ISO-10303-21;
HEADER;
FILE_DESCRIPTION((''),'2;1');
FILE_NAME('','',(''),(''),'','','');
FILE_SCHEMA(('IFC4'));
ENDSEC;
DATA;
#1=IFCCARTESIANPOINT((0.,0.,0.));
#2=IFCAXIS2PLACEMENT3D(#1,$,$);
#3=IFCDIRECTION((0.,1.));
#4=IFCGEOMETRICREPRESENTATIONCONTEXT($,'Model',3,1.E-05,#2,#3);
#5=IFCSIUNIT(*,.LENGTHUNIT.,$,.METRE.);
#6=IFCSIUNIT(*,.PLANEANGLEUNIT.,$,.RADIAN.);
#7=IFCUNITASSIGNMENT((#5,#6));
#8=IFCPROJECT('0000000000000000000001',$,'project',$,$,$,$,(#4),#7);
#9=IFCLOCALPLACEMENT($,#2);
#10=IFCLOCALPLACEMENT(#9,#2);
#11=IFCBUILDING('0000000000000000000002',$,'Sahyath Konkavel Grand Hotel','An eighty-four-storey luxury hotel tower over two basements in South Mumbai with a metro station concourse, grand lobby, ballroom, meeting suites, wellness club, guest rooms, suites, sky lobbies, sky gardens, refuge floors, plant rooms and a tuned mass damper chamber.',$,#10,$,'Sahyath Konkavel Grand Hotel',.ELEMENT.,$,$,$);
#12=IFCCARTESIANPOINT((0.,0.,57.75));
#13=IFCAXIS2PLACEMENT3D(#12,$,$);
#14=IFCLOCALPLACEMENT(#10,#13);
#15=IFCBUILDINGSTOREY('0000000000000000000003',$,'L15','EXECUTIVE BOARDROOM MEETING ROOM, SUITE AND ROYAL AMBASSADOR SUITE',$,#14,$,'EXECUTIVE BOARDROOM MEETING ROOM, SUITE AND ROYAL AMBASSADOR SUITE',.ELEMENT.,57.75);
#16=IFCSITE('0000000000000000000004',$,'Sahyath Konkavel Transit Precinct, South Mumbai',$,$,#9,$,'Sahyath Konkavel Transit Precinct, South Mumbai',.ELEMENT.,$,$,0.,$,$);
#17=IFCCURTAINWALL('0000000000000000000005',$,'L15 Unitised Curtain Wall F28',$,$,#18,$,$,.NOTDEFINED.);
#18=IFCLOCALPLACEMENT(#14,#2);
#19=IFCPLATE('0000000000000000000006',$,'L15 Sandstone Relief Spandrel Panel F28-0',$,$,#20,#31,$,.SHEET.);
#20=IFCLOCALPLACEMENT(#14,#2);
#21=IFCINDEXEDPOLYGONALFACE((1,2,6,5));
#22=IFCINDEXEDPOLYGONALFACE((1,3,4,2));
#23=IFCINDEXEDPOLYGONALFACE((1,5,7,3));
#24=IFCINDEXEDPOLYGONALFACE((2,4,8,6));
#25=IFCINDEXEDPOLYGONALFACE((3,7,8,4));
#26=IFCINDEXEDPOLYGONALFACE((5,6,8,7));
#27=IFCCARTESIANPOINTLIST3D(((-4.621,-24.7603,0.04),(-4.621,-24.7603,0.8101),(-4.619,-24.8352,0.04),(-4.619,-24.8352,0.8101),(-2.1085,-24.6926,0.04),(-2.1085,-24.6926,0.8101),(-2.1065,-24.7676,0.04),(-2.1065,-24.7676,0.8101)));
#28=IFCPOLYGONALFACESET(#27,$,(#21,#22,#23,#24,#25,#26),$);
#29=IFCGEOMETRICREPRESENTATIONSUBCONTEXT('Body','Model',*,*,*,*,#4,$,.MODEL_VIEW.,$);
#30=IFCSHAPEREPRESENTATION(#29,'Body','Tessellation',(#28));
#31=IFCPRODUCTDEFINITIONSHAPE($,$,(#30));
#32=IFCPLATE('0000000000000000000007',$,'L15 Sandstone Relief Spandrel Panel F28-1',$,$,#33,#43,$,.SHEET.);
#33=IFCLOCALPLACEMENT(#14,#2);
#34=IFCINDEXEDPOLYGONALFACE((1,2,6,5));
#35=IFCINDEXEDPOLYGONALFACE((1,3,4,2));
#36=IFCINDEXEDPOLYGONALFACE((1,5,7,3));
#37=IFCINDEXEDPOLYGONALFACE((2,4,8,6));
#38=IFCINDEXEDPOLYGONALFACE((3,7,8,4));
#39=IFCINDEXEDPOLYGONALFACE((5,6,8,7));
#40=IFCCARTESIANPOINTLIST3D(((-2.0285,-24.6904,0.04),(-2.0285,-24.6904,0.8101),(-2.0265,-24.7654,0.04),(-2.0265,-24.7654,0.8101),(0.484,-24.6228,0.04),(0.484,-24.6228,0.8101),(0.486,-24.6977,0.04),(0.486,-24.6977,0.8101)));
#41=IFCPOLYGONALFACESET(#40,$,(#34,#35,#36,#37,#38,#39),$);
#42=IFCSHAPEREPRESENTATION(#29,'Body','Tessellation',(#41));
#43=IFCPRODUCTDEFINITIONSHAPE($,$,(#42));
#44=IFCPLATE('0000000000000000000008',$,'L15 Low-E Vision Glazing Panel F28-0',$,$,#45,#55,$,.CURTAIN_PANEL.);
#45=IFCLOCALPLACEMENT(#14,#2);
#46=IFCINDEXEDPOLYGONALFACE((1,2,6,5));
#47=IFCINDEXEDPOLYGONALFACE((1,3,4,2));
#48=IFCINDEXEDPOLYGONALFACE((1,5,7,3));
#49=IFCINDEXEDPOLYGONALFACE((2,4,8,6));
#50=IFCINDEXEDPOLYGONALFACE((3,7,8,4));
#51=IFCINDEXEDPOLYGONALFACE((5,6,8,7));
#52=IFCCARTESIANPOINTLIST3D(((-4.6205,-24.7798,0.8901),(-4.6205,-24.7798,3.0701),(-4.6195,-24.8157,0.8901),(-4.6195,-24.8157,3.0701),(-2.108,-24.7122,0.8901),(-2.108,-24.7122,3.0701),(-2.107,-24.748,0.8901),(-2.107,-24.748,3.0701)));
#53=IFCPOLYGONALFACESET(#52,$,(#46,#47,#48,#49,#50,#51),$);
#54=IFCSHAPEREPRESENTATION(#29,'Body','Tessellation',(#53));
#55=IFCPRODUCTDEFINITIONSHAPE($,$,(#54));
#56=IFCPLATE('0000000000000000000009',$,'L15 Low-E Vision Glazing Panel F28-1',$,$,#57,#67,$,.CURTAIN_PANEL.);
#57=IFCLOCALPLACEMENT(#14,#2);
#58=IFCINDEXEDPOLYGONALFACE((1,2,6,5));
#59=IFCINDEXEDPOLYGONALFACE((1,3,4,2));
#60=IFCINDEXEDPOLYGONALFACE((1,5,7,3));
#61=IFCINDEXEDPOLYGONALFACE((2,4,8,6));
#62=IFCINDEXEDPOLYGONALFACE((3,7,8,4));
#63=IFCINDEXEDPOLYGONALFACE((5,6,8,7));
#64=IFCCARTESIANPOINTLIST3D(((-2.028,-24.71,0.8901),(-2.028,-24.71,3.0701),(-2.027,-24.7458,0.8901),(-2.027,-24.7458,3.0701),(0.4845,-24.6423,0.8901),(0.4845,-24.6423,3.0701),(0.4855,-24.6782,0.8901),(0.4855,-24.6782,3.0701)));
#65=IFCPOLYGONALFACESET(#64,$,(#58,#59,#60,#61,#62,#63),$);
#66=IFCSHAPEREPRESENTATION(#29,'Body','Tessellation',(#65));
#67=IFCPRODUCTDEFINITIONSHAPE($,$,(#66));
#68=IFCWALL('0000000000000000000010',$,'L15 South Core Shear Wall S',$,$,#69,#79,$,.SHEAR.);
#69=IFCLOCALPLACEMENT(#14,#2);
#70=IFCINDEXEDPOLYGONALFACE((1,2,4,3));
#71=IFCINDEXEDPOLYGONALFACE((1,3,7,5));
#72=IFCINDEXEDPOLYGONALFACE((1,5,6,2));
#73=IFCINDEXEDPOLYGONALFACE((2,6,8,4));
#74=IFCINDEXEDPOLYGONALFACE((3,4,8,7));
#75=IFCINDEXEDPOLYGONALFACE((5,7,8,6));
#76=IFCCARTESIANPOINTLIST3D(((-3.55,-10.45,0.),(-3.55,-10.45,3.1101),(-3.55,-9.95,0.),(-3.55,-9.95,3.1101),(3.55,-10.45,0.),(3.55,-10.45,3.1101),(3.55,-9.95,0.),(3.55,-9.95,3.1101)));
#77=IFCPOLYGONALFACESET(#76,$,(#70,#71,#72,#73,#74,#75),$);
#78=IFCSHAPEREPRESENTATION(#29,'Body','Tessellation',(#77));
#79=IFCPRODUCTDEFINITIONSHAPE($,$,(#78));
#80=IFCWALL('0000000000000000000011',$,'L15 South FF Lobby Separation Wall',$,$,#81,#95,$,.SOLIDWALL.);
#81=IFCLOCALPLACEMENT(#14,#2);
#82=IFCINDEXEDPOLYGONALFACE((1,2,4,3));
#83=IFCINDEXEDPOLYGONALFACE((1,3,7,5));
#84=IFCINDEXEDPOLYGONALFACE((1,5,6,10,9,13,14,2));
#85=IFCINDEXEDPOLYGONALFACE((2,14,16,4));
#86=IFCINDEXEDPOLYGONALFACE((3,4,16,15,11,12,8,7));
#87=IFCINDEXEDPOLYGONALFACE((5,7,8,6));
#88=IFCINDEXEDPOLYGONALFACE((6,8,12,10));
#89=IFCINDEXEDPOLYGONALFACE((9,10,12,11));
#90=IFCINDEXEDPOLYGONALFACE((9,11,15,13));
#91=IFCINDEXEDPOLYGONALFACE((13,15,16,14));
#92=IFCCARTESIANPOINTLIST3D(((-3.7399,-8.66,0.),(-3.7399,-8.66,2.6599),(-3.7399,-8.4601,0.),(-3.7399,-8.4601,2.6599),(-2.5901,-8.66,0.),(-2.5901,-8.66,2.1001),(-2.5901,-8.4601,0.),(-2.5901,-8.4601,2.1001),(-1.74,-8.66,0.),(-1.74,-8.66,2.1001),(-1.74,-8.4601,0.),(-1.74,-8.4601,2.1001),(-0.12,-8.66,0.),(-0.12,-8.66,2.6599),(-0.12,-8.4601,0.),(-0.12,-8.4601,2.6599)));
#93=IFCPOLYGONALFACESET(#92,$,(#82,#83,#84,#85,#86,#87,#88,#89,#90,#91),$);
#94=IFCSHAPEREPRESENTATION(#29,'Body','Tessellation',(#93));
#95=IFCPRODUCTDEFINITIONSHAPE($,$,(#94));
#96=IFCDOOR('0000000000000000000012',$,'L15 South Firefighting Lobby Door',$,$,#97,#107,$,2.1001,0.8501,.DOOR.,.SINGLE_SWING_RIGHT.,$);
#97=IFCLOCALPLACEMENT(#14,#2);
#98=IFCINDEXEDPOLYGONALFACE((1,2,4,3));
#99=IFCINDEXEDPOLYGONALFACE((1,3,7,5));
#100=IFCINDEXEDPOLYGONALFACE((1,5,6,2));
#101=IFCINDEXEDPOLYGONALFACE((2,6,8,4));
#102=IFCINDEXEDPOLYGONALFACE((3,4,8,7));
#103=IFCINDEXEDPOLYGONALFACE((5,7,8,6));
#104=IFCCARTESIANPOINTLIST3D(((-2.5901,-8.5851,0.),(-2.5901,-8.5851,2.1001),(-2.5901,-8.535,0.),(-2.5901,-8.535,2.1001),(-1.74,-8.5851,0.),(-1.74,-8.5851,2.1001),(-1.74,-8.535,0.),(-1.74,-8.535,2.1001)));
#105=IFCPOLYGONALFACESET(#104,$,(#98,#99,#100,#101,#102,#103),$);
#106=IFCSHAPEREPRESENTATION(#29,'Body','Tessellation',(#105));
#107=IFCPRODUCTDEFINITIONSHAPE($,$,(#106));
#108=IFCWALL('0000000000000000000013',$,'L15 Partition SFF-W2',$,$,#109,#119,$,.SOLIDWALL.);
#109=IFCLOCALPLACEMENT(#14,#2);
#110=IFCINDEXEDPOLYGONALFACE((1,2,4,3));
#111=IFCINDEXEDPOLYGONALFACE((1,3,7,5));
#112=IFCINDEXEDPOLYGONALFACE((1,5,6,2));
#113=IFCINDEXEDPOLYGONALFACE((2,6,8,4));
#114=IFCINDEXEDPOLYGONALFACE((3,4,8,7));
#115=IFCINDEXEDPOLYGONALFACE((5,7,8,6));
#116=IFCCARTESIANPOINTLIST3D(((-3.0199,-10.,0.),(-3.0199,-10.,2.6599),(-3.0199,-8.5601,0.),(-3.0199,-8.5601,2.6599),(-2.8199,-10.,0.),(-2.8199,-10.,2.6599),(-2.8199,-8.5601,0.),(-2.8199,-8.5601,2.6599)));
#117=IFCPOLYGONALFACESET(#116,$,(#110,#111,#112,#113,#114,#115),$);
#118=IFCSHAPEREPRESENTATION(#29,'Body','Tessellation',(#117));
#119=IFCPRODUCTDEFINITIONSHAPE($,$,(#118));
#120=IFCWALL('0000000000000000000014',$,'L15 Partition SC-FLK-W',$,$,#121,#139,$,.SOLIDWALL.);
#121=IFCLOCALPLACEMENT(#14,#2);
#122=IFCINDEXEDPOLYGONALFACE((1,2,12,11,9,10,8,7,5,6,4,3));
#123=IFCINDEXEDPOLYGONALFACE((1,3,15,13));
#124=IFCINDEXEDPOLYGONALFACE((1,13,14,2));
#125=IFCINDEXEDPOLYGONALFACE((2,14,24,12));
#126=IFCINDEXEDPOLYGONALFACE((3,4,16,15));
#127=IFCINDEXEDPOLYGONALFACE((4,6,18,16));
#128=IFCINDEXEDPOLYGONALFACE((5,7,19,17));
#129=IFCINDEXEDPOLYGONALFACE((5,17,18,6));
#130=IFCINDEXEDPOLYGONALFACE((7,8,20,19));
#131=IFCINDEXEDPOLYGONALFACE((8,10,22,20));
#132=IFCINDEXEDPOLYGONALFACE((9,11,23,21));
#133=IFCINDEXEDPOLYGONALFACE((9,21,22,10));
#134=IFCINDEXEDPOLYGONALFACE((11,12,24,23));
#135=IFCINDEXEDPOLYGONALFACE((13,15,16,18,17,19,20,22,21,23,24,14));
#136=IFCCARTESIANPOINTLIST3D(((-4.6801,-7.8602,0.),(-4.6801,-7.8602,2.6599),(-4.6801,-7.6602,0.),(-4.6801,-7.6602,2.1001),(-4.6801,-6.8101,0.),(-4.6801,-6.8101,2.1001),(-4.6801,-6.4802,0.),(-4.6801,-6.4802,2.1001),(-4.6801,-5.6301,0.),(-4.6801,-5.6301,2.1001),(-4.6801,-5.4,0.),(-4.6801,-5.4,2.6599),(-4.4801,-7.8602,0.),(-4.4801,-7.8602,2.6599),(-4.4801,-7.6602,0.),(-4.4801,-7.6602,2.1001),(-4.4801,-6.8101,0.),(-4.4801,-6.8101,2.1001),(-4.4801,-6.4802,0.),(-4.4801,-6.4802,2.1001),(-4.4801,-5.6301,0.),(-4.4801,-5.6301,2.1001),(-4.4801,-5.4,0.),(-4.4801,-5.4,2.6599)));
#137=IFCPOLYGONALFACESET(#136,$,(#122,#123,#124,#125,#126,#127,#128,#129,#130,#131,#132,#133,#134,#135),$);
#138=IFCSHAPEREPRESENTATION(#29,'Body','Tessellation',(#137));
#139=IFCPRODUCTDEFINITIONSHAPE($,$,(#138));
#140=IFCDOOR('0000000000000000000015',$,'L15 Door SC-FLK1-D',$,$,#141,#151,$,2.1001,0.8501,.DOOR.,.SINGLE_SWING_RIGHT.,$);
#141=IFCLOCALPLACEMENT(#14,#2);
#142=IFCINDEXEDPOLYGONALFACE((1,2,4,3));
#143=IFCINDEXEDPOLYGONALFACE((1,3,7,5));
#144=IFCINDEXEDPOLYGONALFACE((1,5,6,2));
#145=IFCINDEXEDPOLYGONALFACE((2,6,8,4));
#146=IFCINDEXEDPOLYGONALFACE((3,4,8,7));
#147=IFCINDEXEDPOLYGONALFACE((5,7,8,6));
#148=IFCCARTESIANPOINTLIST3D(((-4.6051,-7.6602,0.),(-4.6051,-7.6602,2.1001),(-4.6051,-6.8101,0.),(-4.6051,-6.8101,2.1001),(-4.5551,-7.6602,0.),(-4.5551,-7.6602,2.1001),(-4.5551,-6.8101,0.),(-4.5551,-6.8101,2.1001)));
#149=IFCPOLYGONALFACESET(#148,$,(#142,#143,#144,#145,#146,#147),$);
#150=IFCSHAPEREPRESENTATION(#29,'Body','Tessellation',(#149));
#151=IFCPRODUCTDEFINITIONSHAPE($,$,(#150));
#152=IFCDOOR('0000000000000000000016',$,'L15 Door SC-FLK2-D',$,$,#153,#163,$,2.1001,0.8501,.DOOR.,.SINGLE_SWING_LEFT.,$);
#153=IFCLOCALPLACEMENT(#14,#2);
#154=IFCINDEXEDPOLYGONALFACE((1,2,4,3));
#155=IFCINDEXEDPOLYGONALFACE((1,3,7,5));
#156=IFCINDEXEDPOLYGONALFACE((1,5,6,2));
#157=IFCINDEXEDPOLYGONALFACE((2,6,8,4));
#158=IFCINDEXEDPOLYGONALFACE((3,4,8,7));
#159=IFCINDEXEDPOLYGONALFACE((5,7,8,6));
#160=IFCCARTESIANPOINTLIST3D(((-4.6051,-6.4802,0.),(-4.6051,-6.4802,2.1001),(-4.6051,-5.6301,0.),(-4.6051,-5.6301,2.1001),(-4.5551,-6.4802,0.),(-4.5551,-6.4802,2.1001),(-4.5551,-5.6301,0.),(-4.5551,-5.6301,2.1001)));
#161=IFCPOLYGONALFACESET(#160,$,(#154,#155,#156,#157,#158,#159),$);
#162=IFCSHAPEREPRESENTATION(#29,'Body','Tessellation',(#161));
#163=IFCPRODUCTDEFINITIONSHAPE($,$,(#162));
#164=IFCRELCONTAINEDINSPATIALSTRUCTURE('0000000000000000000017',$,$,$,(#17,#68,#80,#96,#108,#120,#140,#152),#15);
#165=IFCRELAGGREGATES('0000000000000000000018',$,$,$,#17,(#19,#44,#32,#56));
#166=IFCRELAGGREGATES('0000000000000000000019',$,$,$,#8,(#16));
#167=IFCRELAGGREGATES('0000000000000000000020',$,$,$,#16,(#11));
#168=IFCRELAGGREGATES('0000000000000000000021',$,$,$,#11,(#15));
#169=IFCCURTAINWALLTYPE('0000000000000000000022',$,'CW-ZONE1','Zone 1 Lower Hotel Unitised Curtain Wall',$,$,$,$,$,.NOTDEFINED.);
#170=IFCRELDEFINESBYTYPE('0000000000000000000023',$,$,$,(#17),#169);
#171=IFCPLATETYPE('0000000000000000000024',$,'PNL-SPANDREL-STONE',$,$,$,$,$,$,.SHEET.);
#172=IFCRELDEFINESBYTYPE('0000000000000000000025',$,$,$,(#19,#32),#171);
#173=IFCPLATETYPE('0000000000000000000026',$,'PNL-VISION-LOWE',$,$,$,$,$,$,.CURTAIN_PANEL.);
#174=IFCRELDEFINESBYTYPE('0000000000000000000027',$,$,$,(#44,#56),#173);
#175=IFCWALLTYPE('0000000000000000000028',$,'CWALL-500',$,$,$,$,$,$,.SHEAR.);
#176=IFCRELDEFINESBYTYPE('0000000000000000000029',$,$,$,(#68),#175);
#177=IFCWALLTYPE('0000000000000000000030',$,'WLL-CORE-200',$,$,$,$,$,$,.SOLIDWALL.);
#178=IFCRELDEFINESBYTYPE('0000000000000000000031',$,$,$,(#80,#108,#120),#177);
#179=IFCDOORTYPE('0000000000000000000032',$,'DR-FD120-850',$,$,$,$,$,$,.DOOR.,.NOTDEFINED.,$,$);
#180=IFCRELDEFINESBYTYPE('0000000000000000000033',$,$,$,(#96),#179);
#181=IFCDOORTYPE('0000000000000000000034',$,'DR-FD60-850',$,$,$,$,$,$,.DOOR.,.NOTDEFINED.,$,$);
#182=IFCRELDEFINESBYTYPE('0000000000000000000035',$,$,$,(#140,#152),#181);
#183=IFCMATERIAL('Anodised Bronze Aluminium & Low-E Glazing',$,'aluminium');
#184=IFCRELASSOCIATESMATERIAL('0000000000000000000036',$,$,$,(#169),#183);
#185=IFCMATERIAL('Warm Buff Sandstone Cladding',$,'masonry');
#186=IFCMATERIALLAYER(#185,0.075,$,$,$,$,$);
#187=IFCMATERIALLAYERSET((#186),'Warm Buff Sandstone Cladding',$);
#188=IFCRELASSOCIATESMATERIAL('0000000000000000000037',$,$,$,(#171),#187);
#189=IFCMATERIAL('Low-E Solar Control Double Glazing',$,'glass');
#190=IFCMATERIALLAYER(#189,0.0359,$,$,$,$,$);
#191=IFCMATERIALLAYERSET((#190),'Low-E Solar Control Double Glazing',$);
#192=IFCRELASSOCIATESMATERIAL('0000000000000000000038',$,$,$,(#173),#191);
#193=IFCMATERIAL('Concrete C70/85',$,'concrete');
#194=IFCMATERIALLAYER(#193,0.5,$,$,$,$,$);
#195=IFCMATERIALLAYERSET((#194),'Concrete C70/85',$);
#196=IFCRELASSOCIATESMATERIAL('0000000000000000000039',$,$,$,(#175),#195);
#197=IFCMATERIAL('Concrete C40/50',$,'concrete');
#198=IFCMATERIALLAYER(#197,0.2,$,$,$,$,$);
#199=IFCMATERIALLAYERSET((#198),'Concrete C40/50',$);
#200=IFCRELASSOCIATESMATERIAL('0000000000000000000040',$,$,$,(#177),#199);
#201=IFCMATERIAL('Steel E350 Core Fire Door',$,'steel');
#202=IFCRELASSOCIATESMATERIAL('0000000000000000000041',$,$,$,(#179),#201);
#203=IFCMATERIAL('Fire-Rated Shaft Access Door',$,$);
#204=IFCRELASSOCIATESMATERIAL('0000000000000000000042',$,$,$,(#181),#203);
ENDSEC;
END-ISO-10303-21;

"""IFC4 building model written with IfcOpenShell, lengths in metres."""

from ifc_helpers import new_model, si_unit, direction, frame, frame_2d, origin, origin_2d, place, context, subcontext, project, spatial, rectangle, extrude, source, transform, mapped, material, layer, layer_set, type_object, element, fill, aggregate, save


model = new_model("IFC4")

# Units and contexts
model_context = context("Model", 3, precision=1e-05, world=origin(), true_north=direction((0.0, 1.0)))
body_context = subcontext(model_context, "Body", "Model", "MODEL_VIEW")
ifc_project = project(units=[si_unit("LENGTHUNIT", "METRE"), si_unit("PLANEANGLEUNIT", "RADIAN")], contexts=[model_context])

# Site, building, storey
site_placement = place(None, origin())
site = spatial("IfcSite", under=ifc_project, at=site_placement, Name="Sahyath Konkavel Transit Precinct, South Mumbai", LongName="Sahyath Konkavel Transit Precinct, South Mumbai", CompositionType="ELEMENT", RefElevation=0.0)
building_placement = place(site_placement, origin())
building = spatial("IfcBuilding", under=site, at=building_placement, Name="Sahyath Konkavel Grand Hotel", Description="An eighty-four-storey luxury hotel tower over two basements in South Mumbai with a metro station concourse, grand lobby, ballroom, meeting suites, wellness club, guest rooms, suites, sky lobbies, sky gardens, refuge floors, plant rooms and a tuned mass damper chamber.", LongName="Sahyath Konkavel Grand Hotel", CompositionType="ELEMENT")
storey_placement = place(building_placement, frame((0.0, 0.0, 57.75)))
storey = spatial("IfcBuildingStorey", under=building, at=storey_placement, Name="L15", Description="EXECUTIVE BOARDROOM MEETING ROOM, SUITE AND ROYAL AMBASSADOR SUITE", LongName="EXECUTIVE BOARDROOM MEETING ROOM, SUITE AND ROYAL AMBASSADOR SUITE", CompositionType="ELEMENT", Elevation=57.75)

# Shared definitions
ifc_material_1 = material(Name="Concrete C70/85", Category="concrete")

# Curtain wall, plates
ifc_material_2 = material(Name="Anodised Bronze Aluminium & Low-E Glazing", Category="aluminium")
curtain_wall_type = type_object("IfcCurtainWallType", Name="CW-ZONE1", Description="Zone 1 Lower Hotel Unitised Curtain Wall", PredefinedType="NOTDEFINED", material=ifc_material_2)
curtain_wall_placement = place(storey_placement, origin())
curtain_wall = element("IfcCurtainWall", 1, at=curtain_wall_placement, inside=storey, type_object=curtain_wall_type, Name="L15 Unitised Curtain Wall F28", PredefinedType="NOTDEFINED")
ifc_material_3 = material(Name="Warm Buff Sandstone Cladding", Category="masonry")
ifc_layer_1 = layer(ifc_material_3, 0.075)
ifc_layer_set_1 = layer_set([ifc_layer_1], Name="Warm Buff Sandstone Cladding")
plate_type_1 = type_object("IfcPlateType", Name="PNL-SPANDREL-STONE", PredefinedType="SHEET", material=ifc_layer_set_1)
shared_shape_1 = source(origin(), body_context, "Body", "SweptSolid", [
    extrude(rectangle(XDim=2.5134, YDim=0.075, at=origin_2d()), origin(), (0.0, 0.0, 1.0), 0.77),
])
plate_1_placement = place(storey_placement, frame((-3.3638, -24.7639, 0.04), z_axis=(0.0, 0.0, 1.0), x_axis=(0.999638, 0.02691, 0.0)))
plate_1 = element("IfcPlate", 2, at=plate_1_placement, type_object=plate_type_1, Name="L15 Sandstone Relief Spandrel Panel F28-0", PredefinedType="SHEET", context=body_context, shape_type="MappedRepresentation", body=[
    mapped(shared_shape_1, transform((0.0, 0.0, 0.0), scale=1.0)),
])
plate_2_placement = place(storey_placement, frame((-0.7712, -24.6941, 0.04), z_axis=(0.0, 0.0, 1.0), x_axis=(0.999638, 0.02691, 0.0)))
plate_2 = element("IfcPlate", 3, at=plate_2_placement, type_object=plate_type_1, Name="L15 Sandstone Relief Spandrel Panel F28-1", PredefinedType="SHEET", context=body_context, shape_type="MappedRepresentation", body=[
    mapped(shared_shape_1, transform((0.0, 0.0, 0.0), scale=1.0)),
])
ifc_material_4 = material(Name="Low-E Solar Control Double Glazing", Category="glass")
ifc_layer_2 = layer(ifc_material_4, 0.0359)
ifc_layer_set_2 = layer_set([ifc_layer_2], Name="Low-E Solar Control Double Glazing")
plate_type_2 = type_object("IfcPlateType", Name="PNL-VISION-LOWE", PredefinedType="CURTAIN_PANEL", material=ifc_layer_set_2)
shared_shape_2 = source(origin(), body_context, "Body", "SweptSolid", [
    extrude(rectangle(XDim=2.5134, YDim=0.0359, at=origin_2d()), origin(), (0.0, 0.0, 1.0), 2.1799),
])
plate_3_placement = place(storey_placement, frame((-3.3638, -24.7639, 0.8901), z_axis=(0.0, 0.0, 1.0), x_axis=(0.999638, 0.02691, 0.0)))
plate_3 = element("IfcPlate", 4, at=plate_3_placement, type_object=plate_type_2, Name="L15 Low-E Vision Glazing Panel F28-0", PredefinedType="CURTAIN_PANEL", context=body_context, shape_type="MappedRepresentation", body=[
    mapped(shared_shape_2, transform((0.0, 0.0, 0.0), scale=1.0)),
])
plate_4_placement = place(storey_placement, frame((-0.7712, -24.6941, 0.8901), z_axis=(0.0, 0.0, 1.0), x_axis=(0.999638, 0.02691, 0.0)))
plate_4 = element("IfcPlate", 5, at=plate_4_placement, type_object=plate_type_2, Name="L15 Low-E Vision Glazing Panel F28-1", PredefinedType="CURTAIN_PANEL", context=body_context, shape_type="MappedRepresentation", body=[
    mapped(shared_shape_2, transform((0.0, 0.0, 0.0), scale=1.0)),
])
aggregate(curtain_wall, [plate_1, plate_3, plate_2, plate_4])

# Wall
ifc_layer_3 = layer(ifc_material_1, 0.5)
ifc_layer_set_3 = layer_set([ifc_layer_3], Name="Concrete C70/85")
wall_type_1 = type_object("IfcWallType", Name="CWALL-500", PredefinedType="SHEAR", material=ifc_layer_set_3)
wall_1_placement = place(storey_placement, frame((-3.55, -10.2, 0.0), z_axis=(0.0, 0.0, 1.0), x_axis=(1.0, 0.0, 0.0)))
element("IfcWall", 6, at=wall_1_placement, inside=storey, type_object=wall_type_1, Name="L15 South Core Shear Wall S", PredefinedType="SHEAR", context=body_context, shape_type="SweptSolid", body=[
    extrude(rectangle(XDim=7.1001, YDim=0.5, at=frame_2d((3.55, 0.0))), origin(), (0.0, 0.0, 1.0), 3.1101),
])

# Wall, opening, door
ifc_material_5 = material(Name="Concrete C40/50", Category="concrete")
ifc_layer_4 = layer(ifc_material_5, 0.2)
ifc_layer_set_4 = layer_set([ifc_layer_4], Name="Concrete C40/50")
wall_type_2 = type_object("IfcWallType", Name="WLL-CORE-200", PredefinedType="SOLIDWALL", material=ifc_layer_set_4)
wall_2_placement = place(storey_placement, frame((-3.74, -8.5601, 0.0), z_axis=(0.0, 0.0, 1.0), x_axis=(1.0, 0.0, 0.0)))
wall_2 = element("IfcWall", 7, at=wall_2_placement, inside=storey, type_object=wall_type_2, Name="L15 South FF Lobby Separation Wall", PredefinedType="SOLIDWALL", context=body_context, shape_type="SweptSolid", body=[
    extrude(rectangle(XDim=3.6199, YDim=0.2, at=frame_2d((1.8101, 0.0))), origin(), (0.0, 0.0, 1.0), 2.6599),
])
opening_1_placement = place(wall_2_placement, frame((1.1499, 0.0, 0.0)))
opening_1 = element("IfcOpeningElement", 8, at=opening_1_placement, cuts=wall_2, PredefinedType="OPENING", context=body_context, shape_type="SweptSolid", body=[
    extrude(rectangle(XDim=0.8501, YDim=2.1001, at=frame_2d((0.425, 1.05))), frame((0.0, 0.1099, 0.0), z_axis=(0.0, -1.0, 0.0), x_axis=(1.0, 0.0, 0.0)), (0.0, 0.0, 1.0), 0.22),
])
ifc_material_6 = material(Name="Steel E350 Core Fire Door", Category="steel")
door_type_1 = type_object("IfcDoorType", Name="DR-FD120-850", OperationType="NOTDEFINED", PredefinedType="DOOR", material=ifc_material_6)
shared_shape_3 = source(origin(), body_context, "Body", "SweptSolid", [
    extrude(rectangle(XDim=0.8501, YDim=0.05, at=origin_2d()), origin(), (0.0, 0.0, 1.0), 2.1001),
])
door_1_placement = place(opening_1_placement, frame((0.425, 0.0, 0.0)))
door_1 = element("IfcDoor", 9, at=door_1_placement, inside=storey, type_object=door_type_1, Name="L15 South Firefighting Lobby Door", OperationType="SINGLE_SWING_RIGHT", OverallHeight=2.1001, OverallWidth=0.8501, PredefinedType="DOOR", context=body_context, shape_type="MappedRepresentation", body=[
    mapped(shared_shape_3, transform((0.0, 0.0, 0.0), scale=1.0)),
])
fill(opening_1, door_1)

# Wall
wall_3_placement = place(storey_placement, frame((-2.9199, -10.0, 0.0), z_axis=(0.0, 0.0, 1.0), x_axis=(0.0, 1.0, 0.0)))
element("IfcWall", 10, at=wall_3_placement, inside=storey, type_object=wall_type_2, Name="L15 Partition SFF-W2", PredefinedType="SOLIDWALL", context=body_context, shape_type="SweptSolid", body=[
    extrude(rectangle(XDim=1.4399, YDim=0.2, at=frame_2d((0.72, 0.0))), origin(), (0.0, 0.0, 1.0), 2.6599),
])

# Wall, openings, doors
wall_4_placement = place(storey_placement, frame((-4.5801, -7.8601, 0.0), z_axis=(0.0, 0.0, 1.0), x_axis=(0.0, 1.0, 0.0)))
wall_4 = element("IfcWall", 11, at=wall_4_placement, inside=storey, type_object=wall_type_2, Name="L15 Partition SC-FLK-W", PredefinedType="SOLIDWALL", context=body_context, shape_type="SweptSolid", body=[
    extrude(rectangle(XDim=2.4602, YDim=0.2, at=frame_2d((1.23, 0.0))), origin(), (0.0, 0.0, 1.0), 2.6599),
])
opening_2_placement = place(wall_4_placement, frame((0.2, 0.0, 0.0)))
opening_2 = element("IfcOpeningElement", 12, at=opening_2_placement, cuts=wall_4, PredefinedType="OPENING", context=body_context, shape_type="SweptSolid", body=[
    extrude(rectangle(XDim=0.8501, YDim=2.1001, at=frame_2d((0.425, 1.05))), frame((0.0, 0.1099, 0.0), z_axis=(0.0, -1.0, 0.0), x_axis=(1.0, 0.0, 0.0)), (0.0, 0.0, 1.0), 0.22),
])
opening_3_placement = place(wall_4_placement, frame((1.3799, 0.0, 0.0)))
opening_3 = element("IfcOpeningElement", 13, at=opening_3_placement, cuts=wall_4, PredefinedType="OPENING", context=body_context, shape_type="SweptSolid", body=[
    extrude(rectangle(XDim=0.8501, YDim=2.1001, at=frame_2d((0.425, 1.05))), frame((0.0, 0.1099, 0.0), z_axis=(0.0, -1.0, 0.0), x_axis=(1.0, 0.0, 0.0)), (0.0, 0.0, 1.0), 0.22),
])
ifc_material_7 = material(Name="Fire-Rated Shaft Access Door")
door_type_2 = type_object("IfcDoorType", Name="DR-FD60-850", OperationType="NOTDEFINED", PredefinedType="DOOR", material=ifc_material_7)
door_2_placement = place(opening_2_placement, frame((0.425, 0.0, 0.0)))
door_2 = element("IfcDoor", 14, at=door_2_placement, inside=storey, type_object=door_type_2, Name="L15 Door SC-FLK1-D", OperationType="SINGLE_SWING_RIGHT", OverallHeight=2.1001, OverallWidth=0.8501, PredefinedType="DOOR", context=body_context, shape_type="MappedRepresentation", body=[
    mapped(shared_shape_3, transform((0.0, 0.0, 0.0), scale=1.0)),
])
fill(opening_2, door_2)
door_3_placement = place(opening_3_placement, frame((0.425, 0.0, 0.0)))
door_3 = element("IfcDoor", 15, at=door_3_placement, inside=storey, type_object=door_type_2, Name="L15 Door SC-FLK2-D", OperationType="SINGLE_SWING_LEFT", OverallHeight=2.1001, OverallWidth=0.8501, PredefinedType="DOOR", context=body_context, shape_type="MappedRepresentation", body=[
    mapped(shared_shape_3, transform((0.0, 0.0, 0.0), scale=1.0)),
])
fill(opening_3, door_3)

save(model, "model.ifc")
